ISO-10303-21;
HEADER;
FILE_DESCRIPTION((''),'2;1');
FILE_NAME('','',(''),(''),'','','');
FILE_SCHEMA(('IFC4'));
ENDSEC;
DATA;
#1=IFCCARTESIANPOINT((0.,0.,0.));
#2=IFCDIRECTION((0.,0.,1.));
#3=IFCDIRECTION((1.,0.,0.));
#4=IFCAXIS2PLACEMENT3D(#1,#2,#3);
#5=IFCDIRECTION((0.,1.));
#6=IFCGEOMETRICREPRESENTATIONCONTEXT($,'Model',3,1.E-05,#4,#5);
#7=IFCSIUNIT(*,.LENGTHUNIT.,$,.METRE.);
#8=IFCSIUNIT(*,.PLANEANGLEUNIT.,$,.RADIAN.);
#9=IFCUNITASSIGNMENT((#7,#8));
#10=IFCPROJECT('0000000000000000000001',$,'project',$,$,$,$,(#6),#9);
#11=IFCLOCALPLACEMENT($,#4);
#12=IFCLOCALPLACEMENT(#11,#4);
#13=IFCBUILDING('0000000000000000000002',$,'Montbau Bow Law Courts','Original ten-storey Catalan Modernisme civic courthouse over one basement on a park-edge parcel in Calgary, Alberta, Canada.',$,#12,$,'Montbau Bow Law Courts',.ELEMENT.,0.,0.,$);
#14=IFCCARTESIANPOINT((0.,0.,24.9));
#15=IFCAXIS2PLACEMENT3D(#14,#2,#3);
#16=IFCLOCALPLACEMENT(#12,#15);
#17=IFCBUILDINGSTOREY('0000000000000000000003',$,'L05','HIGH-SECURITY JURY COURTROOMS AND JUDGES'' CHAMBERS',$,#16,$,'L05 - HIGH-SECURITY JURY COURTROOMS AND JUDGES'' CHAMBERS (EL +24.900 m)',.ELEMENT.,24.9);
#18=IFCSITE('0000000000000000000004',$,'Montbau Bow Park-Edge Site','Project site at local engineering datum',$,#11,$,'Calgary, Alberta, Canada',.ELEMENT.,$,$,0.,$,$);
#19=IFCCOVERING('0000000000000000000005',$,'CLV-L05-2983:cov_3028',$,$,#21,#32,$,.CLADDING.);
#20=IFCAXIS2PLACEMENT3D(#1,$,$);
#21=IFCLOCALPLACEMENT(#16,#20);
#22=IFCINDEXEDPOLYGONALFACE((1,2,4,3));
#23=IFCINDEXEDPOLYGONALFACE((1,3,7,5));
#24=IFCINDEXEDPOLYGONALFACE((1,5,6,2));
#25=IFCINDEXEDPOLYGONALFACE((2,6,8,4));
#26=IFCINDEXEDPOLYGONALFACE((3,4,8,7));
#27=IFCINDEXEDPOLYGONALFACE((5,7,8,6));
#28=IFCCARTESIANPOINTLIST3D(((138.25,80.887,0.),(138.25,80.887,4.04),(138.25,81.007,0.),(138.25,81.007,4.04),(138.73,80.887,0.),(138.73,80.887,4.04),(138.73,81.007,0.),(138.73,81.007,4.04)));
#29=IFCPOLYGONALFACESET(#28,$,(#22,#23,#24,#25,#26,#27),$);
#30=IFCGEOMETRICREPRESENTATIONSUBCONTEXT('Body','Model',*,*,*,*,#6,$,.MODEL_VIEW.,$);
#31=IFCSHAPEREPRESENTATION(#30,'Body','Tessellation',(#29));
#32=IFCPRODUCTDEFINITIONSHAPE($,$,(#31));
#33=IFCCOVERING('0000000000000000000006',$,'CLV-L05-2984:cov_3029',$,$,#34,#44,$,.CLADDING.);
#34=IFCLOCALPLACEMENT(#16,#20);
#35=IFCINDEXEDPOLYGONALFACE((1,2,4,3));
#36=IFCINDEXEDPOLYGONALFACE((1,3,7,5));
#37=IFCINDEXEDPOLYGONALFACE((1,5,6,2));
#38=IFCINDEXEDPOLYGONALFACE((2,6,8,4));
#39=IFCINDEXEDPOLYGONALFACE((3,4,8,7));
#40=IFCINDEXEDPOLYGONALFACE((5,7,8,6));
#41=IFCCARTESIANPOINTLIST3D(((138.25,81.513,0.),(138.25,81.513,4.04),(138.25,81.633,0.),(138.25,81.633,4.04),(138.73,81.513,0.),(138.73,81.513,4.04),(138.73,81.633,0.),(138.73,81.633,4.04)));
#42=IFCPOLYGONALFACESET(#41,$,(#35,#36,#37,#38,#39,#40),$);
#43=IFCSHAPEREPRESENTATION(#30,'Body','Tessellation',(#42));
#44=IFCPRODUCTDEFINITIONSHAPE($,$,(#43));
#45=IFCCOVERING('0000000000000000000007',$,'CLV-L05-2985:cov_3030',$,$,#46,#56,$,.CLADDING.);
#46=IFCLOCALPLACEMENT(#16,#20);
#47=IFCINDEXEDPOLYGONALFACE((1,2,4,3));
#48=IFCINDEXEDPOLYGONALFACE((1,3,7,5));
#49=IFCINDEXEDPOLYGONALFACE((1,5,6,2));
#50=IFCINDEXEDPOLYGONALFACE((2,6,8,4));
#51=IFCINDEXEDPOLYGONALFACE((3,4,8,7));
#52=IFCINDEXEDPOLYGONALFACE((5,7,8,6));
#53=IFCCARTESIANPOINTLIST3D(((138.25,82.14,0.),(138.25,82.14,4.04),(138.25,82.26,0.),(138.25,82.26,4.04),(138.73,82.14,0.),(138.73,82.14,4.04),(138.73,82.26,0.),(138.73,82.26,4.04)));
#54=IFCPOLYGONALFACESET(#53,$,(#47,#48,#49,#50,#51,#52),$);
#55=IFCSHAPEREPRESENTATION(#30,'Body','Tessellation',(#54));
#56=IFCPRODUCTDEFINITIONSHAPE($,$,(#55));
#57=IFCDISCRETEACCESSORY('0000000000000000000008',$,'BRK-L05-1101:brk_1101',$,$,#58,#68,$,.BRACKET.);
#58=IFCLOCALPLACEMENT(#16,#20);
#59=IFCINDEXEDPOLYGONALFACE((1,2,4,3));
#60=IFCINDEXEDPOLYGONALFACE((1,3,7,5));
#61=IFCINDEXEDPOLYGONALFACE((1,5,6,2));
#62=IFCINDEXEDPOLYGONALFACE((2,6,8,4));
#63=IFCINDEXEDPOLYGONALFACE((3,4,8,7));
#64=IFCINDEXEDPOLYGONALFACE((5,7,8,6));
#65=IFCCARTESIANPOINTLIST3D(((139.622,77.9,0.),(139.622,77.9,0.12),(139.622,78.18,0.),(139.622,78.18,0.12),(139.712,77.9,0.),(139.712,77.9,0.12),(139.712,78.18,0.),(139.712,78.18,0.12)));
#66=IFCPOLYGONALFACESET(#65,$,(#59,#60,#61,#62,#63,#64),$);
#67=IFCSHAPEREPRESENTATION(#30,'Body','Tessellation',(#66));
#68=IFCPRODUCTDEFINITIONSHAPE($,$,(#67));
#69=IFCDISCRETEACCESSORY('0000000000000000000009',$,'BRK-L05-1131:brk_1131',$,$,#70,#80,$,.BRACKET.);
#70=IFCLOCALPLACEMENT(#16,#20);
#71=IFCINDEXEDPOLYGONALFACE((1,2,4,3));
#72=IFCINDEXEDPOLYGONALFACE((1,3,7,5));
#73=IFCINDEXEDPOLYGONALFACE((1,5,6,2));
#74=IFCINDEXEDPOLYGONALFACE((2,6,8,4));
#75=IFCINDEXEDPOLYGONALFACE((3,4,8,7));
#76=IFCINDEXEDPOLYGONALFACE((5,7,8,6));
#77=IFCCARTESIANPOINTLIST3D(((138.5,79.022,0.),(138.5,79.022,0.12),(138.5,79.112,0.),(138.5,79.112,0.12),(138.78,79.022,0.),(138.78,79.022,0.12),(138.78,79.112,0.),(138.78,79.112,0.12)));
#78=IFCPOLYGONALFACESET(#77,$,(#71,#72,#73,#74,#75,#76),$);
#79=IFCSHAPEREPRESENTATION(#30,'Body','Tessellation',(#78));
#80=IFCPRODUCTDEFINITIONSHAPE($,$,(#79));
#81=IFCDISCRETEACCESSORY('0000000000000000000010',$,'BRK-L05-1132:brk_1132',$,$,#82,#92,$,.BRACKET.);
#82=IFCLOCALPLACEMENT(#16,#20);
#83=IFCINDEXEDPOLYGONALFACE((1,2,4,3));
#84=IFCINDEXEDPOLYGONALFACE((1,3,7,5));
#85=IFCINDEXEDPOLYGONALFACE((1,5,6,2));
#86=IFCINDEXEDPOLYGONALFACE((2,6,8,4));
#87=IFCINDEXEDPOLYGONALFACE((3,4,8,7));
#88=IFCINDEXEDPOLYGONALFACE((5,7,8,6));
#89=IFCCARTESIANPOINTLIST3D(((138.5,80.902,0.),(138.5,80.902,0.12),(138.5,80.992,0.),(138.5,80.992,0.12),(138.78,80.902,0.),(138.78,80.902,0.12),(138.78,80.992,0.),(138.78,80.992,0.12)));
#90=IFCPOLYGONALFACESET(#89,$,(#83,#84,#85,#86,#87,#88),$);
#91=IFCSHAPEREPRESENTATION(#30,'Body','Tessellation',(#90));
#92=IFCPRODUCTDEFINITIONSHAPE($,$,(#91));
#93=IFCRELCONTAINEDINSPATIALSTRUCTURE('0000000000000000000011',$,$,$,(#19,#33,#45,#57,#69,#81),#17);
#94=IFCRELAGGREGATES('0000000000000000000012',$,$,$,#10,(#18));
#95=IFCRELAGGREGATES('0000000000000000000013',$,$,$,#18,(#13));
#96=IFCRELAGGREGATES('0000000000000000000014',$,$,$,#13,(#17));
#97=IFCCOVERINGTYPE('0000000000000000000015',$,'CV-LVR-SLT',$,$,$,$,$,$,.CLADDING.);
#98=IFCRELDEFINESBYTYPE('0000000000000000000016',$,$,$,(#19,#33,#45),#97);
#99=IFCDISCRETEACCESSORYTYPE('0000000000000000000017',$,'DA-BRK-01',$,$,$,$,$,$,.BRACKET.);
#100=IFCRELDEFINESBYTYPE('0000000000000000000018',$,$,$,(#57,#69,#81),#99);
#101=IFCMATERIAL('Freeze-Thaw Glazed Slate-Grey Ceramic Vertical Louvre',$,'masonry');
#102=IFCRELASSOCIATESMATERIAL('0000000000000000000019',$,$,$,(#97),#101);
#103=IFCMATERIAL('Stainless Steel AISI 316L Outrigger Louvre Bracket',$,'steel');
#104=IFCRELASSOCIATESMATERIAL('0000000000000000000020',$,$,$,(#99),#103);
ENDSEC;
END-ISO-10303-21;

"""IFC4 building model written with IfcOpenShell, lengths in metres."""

from ifc_helpers import new_model, si_unit, direction, frame, frame_2d, origin_with_axes, origin_2d_with_axis, place, context, subcontext, project, spatial, rectangle, extrude, material, type_object, element, save


model = new_model("IFC4")

# Units and contexts
model_context = context("Model", 3, precision=1e-05, world=origin_with_axes(), true_north=direction((0.0, 1.0)))
body_context = subcontext(model_context, "Body", "Model", "MODEL_VIEW")
ifc_project = project(units=[si_unit("LENGTHUNIT", "METRE"), si_unit("PLANEANGLEUNIT", "RADIAN")], contexts=[model_context])

# Site, building, storey
site_placement = place(None, origin_with_axes())
site = spatial("IfcSite", under=ifc_project, at=site_placement, Name="Montbau Bow Park-Edge Site", Description="Project site at local engineering datum", LongName="Calgary, Alberta, Canada", CompositionType="ELEMENT", RefElevation=0.0)
building_placement = place(site_placement, origin_with_axes())
building = spatial("IfcBuilding", under=site, at=building_placement, Name="Montbau Bow Law Courts", Description="Original ten-storey Catalan Modernisme civic courthouse over one basement on a park-edge parcel in Calgary, Alberta, Canada.", LongName="Montbau Bow Law Courts", CompositionType="ELEMENT", ElevationOfRefHeight=0.0, ElevationOfTerrain=0.0)
storey_placement = place(building_placement, frame((0.0, 0.0, 24.9), z_axis=(0.0, 0.0, 1.0), x_axis=(1.0, 0.0, 0.0)))
storey = spatial("IfcBuildingStorey", under=building, at=storey_placement, Name="L05", Description="HIGH-SECURITY JURY COURTROOMS AND JUDGES' CHAMBERS", LongName="L05 - HIGH-SECURITY JURY COURTROOMS AND JUDGES' CHAMBERS (EL +24.900 m)", CompositionType="ELEMENT", Elevation=24.9)

# Coverings
ifc_material_1 = material(Name="Freeze-Thaw Glazed Slate-Grey Ceramic Vertical Louvre", Category="masonry")
covering_type = type_object("IfcCoveringType", Name="CV-LVR-SLT", PredefinedType="CLADDING", material=ifc_material_1)
for number, where, z_axis, x_axis, name in (
    (1, (138.73, 80.947, 24.9), (0.0, 1.0, 0.0), (-1.0, 0.0, 0.0), "CLV-L05-2983:cov_3028"),
    (2, (138.73, 81.573, 24.9), (0.0, 1.0, 0.0), (-1.0, 0.0, 0.0), "CLV-L05-2984:cov_3029"),
    (3, (138.73, 82.2, 24.9), (0.0, 1.0, 0.0), (-1.0, 0.0, 0.0), "CLV-L05-2985:cov_3030"),
):
    element("IfcCovering", number, at=place(None, frame(where, z_axis=z_axis, x_axis=x_axis)), inside=storey, type_object=covering_type, Name=name, PredefinedType="CLADDING", context=body_context, shape_type="SweptSolid", body=[
        extrude(rectangle(XDim=0.48, YDim=4.04, at=frame_2d((0.24, 2.02), x_axis=(1.0, 0.0))), frame((0.0, 0.0, -0.06), z_axis=(0.0, 0.0, 1.0), x_axis=(1.0, 0.0, 0.0)), (0.0, 0.0, 1.0), 0.12),
    ])

# Discrete accessories
ifc_material_2 = material(Name="Stainless Steel AISI 316L Outrigger Louvre Bracket", Category="steel")
discrete_accessory_type = type_object("IfcDiscreteAccessoryType", Name="DA-BRK-01", PredefinedType="BRACKET", material=ifc_material_2)
for number, where, z_axis, x_axis, name in (
    (4, (139.667, 78.04, 24.9), (0.0, 0.0, 1.0), (0.0, -1.0, 0.0), "BRK-L05-1101:brk_1101"),
    (5, (138.64, 79.067, 24.9), (0.0, 0.0, 1.0), (-1.0, 0.0, 0.0), "BRK-L05-1131:brk_1131"),
    (6, (138.64, 80.947, 24.9), (0.0, 0.0, 1.0), (-1.0, 0.0, 0.0), "BRK-L05-1132:brk_1132"),
):
    element("IfcDiscreteAccessory", number, at=place(None, frame(where, z_axis=z_axis, x_axis=x_axis)), inside=storey, type_object=discrete_accessory_type, Name=name, PredefinedType="BRACKET", context=body_context, shape_type="SweptSolid", body=[
        extrude(rectangle(XDim=0.28, YDim=0.09, at=origin_2d_with_axis()), origin_with_axes(), (0.0, 0.0, 1.0), 0.12),
    ])

save(model, "model.ifc")
